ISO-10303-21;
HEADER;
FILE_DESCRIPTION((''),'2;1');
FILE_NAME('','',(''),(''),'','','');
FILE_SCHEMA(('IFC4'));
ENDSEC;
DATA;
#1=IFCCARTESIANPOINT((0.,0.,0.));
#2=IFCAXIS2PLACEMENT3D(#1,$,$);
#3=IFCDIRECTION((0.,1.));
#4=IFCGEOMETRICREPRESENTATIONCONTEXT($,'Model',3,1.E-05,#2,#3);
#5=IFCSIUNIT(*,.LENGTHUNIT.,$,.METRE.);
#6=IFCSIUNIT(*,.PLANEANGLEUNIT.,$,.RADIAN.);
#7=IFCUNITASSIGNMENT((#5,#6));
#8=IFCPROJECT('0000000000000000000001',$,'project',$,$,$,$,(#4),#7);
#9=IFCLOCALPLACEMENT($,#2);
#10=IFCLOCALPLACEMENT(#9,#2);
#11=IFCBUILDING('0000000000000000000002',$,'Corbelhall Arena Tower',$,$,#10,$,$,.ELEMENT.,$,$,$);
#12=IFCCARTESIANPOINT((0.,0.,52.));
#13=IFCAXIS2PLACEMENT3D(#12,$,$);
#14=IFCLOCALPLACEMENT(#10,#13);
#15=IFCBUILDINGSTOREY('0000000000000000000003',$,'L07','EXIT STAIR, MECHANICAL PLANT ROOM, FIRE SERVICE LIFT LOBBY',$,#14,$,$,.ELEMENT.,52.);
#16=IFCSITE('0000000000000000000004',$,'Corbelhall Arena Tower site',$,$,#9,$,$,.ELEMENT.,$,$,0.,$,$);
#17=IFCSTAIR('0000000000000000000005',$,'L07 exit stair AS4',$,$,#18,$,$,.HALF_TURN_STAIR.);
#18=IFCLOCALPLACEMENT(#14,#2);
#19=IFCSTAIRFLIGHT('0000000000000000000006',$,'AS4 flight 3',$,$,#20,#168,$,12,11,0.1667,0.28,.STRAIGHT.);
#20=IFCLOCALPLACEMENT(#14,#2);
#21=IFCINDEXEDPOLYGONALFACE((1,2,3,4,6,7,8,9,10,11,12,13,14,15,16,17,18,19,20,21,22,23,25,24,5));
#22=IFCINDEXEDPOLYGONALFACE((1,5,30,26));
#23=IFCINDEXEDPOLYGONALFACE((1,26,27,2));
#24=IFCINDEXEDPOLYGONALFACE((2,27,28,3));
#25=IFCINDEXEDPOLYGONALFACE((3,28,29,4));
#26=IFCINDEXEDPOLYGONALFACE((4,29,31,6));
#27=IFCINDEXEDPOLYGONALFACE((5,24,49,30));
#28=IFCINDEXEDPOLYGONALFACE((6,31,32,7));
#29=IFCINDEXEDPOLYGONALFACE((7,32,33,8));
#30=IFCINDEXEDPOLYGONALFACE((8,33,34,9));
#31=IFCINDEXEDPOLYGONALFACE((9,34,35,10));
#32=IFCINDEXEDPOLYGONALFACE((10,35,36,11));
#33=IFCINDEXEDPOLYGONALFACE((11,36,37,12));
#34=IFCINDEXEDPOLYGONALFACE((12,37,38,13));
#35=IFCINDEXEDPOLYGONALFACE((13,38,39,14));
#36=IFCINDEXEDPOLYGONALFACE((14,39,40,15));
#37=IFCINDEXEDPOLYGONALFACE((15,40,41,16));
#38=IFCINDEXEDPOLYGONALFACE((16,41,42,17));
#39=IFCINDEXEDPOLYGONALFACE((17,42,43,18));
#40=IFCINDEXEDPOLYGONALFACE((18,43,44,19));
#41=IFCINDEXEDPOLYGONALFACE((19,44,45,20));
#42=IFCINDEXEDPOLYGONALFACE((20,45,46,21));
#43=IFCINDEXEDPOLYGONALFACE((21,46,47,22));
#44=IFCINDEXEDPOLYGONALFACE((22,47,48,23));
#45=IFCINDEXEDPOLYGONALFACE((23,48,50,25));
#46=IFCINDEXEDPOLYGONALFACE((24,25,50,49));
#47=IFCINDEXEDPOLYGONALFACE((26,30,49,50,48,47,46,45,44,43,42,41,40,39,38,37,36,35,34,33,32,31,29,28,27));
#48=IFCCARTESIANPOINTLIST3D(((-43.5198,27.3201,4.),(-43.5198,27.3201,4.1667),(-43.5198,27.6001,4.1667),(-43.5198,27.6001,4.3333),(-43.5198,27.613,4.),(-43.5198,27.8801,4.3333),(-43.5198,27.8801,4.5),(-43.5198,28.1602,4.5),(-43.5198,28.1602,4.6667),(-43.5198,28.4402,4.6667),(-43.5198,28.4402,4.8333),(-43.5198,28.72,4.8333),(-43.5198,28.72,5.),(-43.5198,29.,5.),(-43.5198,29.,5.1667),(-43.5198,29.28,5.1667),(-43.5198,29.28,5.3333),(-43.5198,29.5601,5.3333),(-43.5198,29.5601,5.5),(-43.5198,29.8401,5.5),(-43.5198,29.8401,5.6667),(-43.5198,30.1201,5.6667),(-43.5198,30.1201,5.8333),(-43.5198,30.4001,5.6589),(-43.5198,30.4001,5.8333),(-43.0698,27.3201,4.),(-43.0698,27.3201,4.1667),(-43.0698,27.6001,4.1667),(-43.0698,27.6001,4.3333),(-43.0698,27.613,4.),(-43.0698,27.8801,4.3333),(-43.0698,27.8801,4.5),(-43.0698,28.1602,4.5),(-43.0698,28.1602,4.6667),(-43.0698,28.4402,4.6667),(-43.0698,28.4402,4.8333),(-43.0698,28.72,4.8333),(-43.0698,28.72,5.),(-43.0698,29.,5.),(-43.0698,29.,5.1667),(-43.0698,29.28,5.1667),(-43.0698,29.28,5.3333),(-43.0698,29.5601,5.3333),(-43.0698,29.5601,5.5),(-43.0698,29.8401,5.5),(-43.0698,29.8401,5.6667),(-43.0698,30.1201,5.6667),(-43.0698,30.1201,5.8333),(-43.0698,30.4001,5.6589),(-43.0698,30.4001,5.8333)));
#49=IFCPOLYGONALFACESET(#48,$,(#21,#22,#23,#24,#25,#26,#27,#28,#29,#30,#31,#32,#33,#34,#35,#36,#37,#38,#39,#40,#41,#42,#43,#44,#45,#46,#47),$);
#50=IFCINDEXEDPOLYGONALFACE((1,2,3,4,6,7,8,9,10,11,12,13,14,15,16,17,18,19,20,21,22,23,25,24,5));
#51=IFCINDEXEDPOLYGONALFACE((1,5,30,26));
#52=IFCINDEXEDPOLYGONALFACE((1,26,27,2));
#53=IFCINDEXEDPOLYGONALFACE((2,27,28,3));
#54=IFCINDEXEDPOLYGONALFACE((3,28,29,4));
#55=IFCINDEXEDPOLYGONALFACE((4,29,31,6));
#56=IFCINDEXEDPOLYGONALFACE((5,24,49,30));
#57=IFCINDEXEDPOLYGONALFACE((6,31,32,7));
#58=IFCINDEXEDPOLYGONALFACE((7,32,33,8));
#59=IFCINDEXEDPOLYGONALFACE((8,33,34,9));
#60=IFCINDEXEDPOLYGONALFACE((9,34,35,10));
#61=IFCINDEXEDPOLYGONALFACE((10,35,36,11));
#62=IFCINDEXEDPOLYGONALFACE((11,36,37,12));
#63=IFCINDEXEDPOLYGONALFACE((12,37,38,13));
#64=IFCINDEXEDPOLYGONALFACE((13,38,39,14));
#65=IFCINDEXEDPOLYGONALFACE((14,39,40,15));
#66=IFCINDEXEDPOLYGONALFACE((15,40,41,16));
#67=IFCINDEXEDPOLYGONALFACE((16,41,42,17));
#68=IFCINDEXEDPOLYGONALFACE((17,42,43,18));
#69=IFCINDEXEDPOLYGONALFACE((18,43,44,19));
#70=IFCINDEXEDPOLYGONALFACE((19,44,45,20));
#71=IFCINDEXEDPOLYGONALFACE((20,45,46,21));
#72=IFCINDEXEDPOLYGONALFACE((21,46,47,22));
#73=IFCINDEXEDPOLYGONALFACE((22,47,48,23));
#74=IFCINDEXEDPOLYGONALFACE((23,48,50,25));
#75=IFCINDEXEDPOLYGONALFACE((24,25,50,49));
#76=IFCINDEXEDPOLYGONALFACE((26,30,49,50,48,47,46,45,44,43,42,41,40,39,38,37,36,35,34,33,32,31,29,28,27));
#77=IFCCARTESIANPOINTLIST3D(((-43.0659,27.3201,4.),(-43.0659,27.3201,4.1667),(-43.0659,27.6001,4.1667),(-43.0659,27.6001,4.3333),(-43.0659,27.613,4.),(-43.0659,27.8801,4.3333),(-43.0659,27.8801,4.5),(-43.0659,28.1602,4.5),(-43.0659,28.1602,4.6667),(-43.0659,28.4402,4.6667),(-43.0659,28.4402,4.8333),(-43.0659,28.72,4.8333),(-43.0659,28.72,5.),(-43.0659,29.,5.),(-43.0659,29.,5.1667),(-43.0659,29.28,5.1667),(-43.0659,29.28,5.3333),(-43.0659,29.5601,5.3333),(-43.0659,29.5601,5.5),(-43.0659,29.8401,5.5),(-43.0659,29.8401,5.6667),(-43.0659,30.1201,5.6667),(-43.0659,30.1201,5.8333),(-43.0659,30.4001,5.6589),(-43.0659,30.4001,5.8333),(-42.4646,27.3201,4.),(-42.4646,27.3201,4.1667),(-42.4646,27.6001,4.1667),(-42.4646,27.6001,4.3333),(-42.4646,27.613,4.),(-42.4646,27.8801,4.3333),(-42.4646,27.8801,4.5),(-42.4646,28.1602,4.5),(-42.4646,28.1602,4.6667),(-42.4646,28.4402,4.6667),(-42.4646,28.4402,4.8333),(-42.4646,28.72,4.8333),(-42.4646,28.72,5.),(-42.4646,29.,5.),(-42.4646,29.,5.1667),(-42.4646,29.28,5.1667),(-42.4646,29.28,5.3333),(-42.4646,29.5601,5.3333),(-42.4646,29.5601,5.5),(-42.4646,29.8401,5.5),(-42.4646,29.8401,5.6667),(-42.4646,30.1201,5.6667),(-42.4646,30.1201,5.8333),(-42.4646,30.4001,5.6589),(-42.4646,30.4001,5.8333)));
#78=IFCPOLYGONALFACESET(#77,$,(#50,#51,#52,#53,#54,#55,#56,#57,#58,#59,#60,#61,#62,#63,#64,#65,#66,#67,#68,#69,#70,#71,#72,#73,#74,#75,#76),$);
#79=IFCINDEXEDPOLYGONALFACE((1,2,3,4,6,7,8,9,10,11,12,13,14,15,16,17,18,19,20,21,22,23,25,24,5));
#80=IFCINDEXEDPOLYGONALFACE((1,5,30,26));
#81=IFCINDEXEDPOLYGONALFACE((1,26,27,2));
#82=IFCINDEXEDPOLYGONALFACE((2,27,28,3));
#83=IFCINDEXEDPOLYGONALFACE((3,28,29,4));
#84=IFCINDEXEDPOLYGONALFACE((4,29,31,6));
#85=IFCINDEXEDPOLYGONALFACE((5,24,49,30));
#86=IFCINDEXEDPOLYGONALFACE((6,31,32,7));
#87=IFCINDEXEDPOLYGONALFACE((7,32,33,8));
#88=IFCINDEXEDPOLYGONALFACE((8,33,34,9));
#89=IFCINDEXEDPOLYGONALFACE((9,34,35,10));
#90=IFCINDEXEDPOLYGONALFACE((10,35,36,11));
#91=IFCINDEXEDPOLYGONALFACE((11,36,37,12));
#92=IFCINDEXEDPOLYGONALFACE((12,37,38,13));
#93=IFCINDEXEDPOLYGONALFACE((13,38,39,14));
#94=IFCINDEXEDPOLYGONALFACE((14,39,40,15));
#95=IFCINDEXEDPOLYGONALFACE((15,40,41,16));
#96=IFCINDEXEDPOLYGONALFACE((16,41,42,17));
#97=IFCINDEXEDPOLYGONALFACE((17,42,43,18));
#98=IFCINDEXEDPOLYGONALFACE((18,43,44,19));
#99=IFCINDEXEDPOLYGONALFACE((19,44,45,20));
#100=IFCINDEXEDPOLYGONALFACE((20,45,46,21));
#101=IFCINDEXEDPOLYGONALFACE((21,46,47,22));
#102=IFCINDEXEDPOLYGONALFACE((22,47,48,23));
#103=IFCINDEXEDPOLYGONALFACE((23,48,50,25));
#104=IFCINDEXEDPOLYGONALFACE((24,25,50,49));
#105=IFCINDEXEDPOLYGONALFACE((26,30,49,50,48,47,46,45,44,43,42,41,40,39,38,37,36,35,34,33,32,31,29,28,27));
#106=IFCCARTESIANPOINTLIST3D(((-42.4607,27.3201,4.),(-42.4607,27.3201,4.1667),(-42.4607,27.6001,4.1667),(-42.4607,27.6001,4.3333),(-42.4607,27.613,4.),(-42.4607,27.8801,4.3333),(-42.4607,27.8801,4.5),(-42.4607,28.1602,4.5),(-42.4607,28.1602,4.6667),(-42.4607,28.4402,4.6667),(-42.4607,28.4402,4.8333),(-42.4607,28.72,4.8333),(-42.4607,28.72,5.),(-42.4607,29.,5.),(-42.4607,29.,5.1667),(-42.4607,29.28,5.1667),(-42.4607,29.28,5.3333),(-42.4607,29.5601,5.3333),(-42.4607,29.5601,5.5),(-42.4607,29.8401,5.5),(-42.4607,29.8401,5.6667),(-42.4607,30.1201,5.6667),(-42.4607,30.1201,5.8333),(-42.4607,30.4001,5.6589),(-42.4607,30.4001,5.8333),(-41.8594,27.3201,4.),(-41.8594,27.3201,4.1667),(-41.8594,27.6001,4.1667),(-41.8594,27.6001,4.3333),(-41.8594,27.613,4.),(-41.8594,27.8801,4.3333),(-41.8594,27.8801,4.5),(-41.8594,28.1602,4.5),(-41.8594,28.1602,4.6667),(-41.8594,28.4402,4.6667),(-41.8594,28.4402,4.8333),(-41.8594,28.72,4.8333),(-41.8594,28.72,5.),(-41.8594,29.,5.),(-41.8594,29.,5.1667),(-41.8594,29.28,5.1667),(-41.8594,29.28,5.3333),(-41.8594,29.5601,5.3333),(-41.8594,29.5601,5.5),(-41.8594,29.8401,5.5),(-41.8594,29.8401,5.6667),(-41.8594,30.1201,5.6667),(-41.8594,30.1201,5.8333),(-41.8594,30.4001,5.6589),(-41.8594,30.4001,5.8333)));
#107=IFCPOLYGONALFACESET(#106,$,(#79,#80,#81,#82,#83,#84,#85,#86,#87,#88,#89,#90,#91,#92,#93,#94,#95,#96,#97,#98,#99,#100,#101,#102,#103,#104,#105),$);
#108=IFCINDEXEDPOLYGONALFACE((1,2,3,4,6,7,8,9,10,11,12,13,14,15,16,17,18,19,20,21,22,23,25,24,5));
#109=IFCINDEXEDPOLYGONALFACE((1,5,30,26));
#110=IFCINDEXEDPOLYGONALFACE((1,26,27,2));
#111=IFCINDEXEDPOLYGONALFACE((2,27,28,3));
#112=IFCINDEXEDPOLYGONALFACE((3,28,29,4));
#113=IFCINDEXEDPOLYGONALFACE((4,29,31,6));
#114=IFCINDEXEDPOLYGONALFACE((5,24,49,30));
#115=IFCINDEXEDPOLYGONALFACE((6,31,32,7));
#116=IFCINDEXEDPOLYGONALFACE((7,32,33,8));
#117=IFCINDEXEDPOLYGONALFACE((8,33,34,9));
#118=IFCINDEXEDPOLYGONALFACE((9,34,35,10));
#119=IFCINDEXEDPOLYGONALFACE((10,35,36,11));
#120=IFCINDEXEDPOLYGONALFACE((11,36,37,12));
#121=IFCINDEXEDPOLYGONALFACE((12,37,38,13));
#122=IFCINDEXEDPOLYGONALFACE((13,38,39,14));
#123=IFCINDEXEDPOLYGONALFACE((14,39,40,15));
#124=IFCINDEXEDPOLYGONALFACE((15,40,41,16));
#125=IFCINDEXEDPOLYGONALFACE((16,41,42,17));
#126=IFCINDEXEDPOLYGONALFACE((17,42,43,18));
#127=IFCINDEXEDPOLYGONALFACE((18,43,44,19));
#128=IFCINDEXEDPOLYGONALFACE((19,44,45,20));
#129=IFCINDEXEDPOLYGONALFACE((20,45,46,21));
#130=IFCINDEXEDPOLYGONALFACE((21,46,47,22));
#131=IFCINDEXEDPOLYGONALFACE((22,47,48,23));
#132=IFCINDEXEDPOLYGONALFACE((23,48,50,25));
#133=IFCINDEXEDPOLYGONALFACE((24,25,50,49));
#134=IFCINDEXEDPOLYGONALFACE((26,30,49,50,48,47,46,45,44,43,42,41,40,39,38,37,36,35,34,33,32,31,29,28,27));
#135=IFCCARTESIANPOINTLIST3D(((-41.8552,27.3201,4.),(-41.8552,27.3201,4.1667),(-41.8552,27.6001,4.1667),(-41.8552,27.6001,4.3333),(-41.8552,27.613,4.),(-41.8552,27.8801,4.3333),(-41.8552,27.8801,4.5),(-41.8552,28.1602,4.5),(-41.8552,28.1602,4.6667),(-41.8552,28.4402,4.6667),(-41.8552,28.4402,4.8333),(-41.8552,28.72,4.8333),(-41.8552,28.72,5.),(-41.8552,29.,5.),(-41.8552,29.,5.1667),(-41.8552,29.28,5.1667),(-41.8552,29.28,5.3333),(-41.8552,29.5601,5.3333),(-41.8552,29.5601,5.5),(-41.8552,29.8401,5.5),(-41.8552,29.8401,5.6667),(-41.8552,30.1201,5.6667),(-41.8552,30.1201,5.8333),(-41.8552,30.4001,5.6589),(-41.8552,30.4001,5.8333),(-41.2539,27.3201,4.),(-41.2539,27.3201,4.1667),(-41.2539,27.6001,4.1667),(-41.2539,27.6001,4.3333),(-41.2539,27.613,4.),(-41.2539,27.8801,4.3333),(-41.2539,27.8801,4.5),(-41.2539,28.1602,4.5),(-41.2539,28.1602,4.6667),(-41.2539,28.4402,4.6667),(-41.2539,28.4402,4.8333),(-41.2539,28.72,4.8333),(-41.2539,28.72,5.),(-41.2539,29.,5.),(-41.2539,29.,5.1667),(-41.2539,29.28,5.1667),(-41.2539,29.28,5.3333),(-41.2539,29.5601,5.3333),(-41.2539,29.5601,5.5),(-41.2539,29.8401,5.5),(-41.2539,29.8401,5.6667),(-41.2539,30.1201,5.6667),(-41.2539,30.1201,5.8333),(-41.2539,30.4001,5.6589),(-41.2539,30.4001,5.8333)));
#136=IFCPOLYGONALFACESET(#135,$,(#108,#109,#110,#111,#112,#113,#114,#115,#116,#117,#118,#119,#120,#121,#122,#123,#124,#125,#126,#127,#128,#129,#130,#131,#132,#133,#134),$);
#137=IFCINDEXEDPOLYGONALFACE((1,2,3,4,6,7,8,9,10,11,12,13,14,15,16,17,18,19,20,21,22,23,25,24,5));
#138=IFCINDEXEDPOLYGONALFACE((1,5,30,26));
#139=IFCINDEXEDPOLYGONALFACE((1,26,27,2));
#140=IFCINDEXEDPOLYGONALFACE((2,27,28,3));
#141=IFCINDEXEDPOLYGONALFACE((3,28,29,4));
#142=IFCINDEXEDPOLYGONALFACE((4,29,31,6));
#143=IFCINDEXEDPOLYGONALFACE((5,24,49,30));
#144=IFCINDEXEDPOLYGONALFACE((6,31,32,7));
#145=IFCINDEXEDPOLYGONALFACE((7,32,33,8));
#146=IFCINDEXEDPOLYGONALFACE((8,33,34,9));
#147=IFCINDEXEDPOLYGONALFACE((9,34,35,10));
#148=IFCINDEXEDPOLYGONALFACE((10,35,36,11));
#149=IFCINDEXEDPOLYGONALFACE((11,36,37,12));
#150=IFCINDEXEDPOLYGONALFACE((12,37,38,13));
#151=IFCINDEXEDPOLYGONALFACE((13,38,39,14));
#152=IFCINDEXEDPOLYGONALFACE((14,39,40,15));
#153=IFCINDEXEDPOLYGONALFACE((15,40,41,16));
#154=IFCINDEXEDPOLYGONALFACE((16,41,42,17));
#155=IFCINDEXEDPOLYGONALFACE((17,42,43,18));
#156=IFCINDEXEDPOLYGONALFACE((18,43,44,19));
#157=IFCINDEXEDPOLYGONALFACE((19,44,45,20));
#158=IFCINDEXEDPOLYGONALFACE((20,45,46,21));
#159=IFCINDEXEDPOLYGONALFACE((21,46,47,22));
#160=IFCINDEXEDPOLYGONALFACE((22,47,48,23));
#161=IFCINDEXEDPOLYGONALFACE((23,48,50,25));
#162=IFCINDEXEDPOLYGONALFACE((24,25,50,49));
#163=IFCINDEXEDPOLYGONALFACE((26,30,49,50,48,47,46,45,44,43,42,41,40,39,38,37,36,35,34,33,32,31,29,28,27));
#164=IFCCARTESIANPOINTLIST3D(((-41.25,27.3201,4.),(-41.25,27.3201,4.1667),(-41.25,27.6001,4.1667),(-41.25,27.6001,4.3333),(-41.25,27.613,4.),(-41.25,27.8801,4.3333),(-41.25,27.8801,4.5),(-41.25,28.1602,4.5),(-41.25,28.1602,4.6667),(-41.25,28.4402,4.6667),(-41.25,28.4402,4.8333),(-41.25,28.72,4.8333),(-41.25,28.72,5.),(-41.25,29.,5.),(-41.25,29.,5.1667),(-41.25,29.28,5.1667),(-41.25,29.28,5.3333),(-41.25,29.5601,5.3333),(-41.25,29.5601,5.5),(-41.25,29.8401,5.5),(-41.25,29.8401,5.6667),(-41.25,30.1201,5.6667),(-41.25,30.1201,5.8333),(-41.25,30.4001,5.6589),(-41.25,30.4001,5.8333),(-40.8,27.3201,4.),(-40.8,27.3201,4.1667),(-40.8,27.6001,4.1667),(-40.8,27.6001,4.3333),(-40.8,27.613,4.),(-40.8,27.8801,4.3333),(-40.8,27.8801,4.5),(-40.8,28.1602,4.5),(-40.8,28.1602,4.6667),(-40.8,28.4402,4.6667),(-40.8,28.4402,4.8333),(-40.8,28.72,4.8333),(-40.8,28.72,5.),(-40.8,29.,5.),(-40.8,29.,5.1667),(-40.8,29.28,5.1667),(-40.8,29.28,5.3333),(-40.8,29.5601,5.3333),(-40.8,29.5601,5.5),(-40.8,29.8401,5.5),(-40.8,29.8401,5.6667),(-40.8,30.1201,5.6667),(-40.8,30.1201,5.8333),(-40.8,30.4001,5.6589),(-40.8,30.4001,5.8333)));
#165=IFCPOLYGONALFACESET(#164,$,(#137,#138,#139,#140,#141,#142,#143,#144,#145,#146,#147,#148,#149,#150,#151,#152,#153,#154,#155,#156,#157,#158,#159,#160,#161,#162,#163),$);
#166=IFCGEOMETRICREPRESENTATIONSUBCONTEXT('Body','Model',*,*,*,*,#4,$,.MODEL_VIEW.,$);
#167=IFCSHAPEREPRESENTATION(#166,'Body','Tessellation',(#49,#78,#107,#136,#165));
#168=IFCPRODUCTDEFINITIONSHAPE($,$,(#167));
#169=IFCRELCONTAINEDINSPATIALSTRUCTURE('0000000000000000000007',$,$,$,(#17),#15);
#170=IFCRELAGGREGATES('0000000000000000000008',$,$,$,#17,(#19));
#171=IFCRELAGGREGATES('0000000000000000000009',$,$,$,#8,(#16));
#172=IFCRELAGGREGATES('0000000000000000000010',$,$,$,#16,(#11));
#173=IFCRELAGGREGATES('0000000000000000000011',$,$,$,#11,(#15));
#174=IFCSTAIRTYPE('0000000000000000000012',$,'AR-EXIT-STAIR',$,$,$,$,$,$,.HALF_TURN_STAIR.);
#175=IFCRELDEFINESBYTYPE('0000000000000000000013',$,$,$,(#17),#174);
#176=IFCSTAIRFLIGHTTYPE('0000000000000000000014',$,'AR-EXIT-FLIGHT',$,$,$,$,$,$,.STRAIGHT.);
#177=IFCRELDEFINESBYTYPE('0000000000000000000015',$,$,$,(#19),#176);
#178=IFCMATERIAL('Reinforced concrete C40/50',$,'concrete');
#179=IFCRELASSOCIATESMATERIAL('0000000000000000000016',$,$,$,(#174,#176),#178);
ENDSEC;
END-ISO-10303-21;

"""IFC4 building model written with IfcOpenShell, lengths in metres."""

from ifc_helpers import new_model, si_unit, direction, frame, origin, place, context, subcontext, project, spatial, polyline, outline, extrude, material, type_object, element, aggregate, save


model = new_model("IFC4")

# Units and contexts
model_context = context("Model", 3, precision=1e-05, world=origin(), true_north=direction((0.0, 1.0)))
body_context = subcontext(model_context, "Body", "Model", "MODEL_VIEW")
ifc_project = project(units=[si_unit("LENGTHUNIT", "METRE"), si_unit("PLANEANGLEUNIT", "RADIAN")], contexts=[model_context])

# Site, building, storey
site_placement = place(None, origin())
site = spatial("IfcSite", under=ifc_project, at=site_placement, Name="Corbelhall Arena Tower site", CompositionType="ELEMENT", RefElevation=0.0)
building_placement = place(site_placement, origin())
building = spatial("IfcBuilding", under=site, at=building_placement, Name="Corbelhall Arena Tower", CompositionType="ELEMENT")
storey_placement = place(building_placement, frame((0.0, 0.0, 52.0)))
storey = spatial("IfcBuildingStorey", under=building, at=storey_placement, Name="L07", Description="EXIT STAIR, MECHANICAL PLANT ROOM, FIRE SERVICE LIFT LOBBY", CompositionType="ELEMENT", Elevation=52.0)

# Shared definitions
ifc_material_1 = material(Name="Reinforced concrete C40/50", Category="concrete")

# Stair, stair flight
stair_type = type_object("IfcStairType", Name="AR-EXIT-STAIR", PredefinedType="HALF_TURN_STAIR", material=ifc_material_1)
stair_placement = place(storey_placement, origin())
stair = element("IfcStair", 1, at=stair_placement, inside=storey, type_object=stair_type, Name="L07 exit stair AS4", PredefinedType="HALF_TURN_STAIR")
stair_flight_type = type_object("IfcStairFlightType", Name="AR-EXIT-FLIGHT", PredefinedType="STRAIGHT", material=ifc_material_1)
stair_flight_1_placement = place(storey_placement, frame((-42.1599, 27.3201, 4.0), z_axis=(0.0, 0.0, 1.0), x_axis=(0.0, 1.0, 0.0)))
stair_flight_1 = element("IfcStairFlight", 2, at=stair_flight_1_placement, type_object=stair_flight_type, Name="AS4 flight 3", NumberOfRisers=12, NumberOfTreads=11, PredefinedType="STRAIGHT", RiserHeight=0.1667, TreadLength=0.28, context=body_context, shape_type="SweptSolid", body=[
    extrude(outline(polyline([(0.0, 0.0), (0.0, 0.1667), (0.28, 0.1667), (0.28, 0.3333), (0.5601, 0.3333), (0.5601, 0.5), (0.8401, 0.5), (0.8401, 0.6667), (1.1201, 0.6667), (1.1201, 0.8333), (1.3999, 0.8333), (1.3999, 1.0), (1.6799, 1.0), (1.6799, 1.1667), (1.96, 1.1667), (1.96, 1.3333), (2.24, 1.3333), (2.24, 1.5), (2.52, 1.5), (2.52, 1.6667), (2.8, 1.6667), (2.8, 1.8333), (3.0801, 1.8333), (3.0801, 2.0), (3.0801, 1.6589), (0.293, 0.0), (0.0, 0.0)])), frame((0.0, 1.3599, 0.0), z_axis=(0.0, -1.0, 0.0), x_axis=(1.0, 0.0, 0.0)), (0.0, 0.0, 1.0), 0.45),
    extrude(outline(polyline([(0.0, 0.0), (0.0, 0.1667), (0.28, 0.1667), (0.28, 0.3333), (0.5601, 0.3333), (0.5601, 0.5), (0.8401, 0.5), (0.8401, 0.6667), (1.1201, 0.6667), (1.1201, 0.8333), (1.3999, 0.8333), (1.3999, 1.0), (1.6799, 1.0), (1.6799, 1.1667), (1.96, 1.1667), (1.96, 1.3333), (2.24, 1.3333), (2.24, 1.5), (2.52, 1.5), (2.52, 1.6667), (2.8, 1.6667), (2.8, 1.8333), (3.0801, 1.8333), (3.0801, 2.0), (3.0801, 1.6589), (0.293, 0.0), (0.0, 0.0)])), frame((0.0, 0.906, 0.0), z_axis=(0.0, -1.0, 0.0), x_axis=(1.0, 0.0, 0.0)), (0.0, 0.0, 1.0), 0.6013),
    extrude(outline(polyline([(0.0, 0.0), (0.0, 0.1667), (0.28, 0.1667), (0.28, 0.3333), (0.5601, 0.3333), (0.5601, 0.5), (0.8401, 0.5), (0.8401, 0.6667), (1.1201, 0.6667), (1.1201, 0.8333), (1.3999, 0.8333), (1.3999, 1.0), (1.6799, 1.0), (1.6799, 1.1667), (1.96, 1.1667), (1.96, 1.3333), (2.24, 1.3333), (2.24, 1.5), (2.52, 1.5), (2.52, 1.6667), (2.8, 1.6667), (2.8, 1.8333), (3.0801, 1.8333), (3.0801, 2.0), (3.0801, 1.6589), (0.293, 0.0), (0.0, 0.0)])), frame((0.0, 0.3008, 0.0), z_axis=(0.0, -1.0, 0.0), x_axis=(1.0, 0.0, 0.0)), (0.0, 0.0, 1.0), 0.6013),
    extrude(outline(polyline([(0.0, 0.0), (0.0, 0.1667), (0.28, 0.1667), (0.28, 0.3333), (0.5601, 0.3333), (0.5601, 0.5), (0.8401, 0.5), (0.8401, 0.6667), (1.1201, 0.6667), (1.1201, 0.8333), (1.3999, 0.8333), (1.3999, 1.0), (1.6799, 1.0), (1.6799, 1.1667), (1.96, 1.1667), (1.96, 1.3333), (2.24, 1.3333), (2.24, 1.5), (2.52, 1.5), (2.52, 1.6667), (2.8, 1.6667), (2.8, 1.8333), (3.0801, 1.8333), (3.0801, 2.0), (3.0801, 1.6589), (0.293, 0.0), (0.0, 0.0)])), frame((0.0, -0.3047, 0.0), z_axis=(0.0, -1.0, 0.0), x_axis=(1.0, 0.0, 0.0)), (0.0, 0.0, 1.0), 0.6013),
    extrude(outline(polyline([(0.0, 0.0), (0.0, 0.1667), (0.28, 0.1667), (0.28, 0.3333), (0.5601, 0.3333), (0.5601, 0.5), (0.8401, 0.5), (0.8401, 0.6667), (1.1201, 0.6667), (1.1201, 0.8333), (1.3999, 0.8333), (1.3999, 1.0), (1.6799, 1.0), (1.6799, 1.1667), (1.96, 1.1667), (1.96, 1.3333), (2.24, 1.3333), (2.24, 1.5), (2.52, 1.5), (2.52, 1.6667), (2.8, 1.6667), (2.8, 1.8333), (3.0801, 1.8333), (3.0801, 2.0), (3.0801, 1.6589), (0.293, 0.0), (0.0, 0.0)])), frame((0.0, -0.9099, 0.0), z_axis=(0.0, -1.0, 0.0), x_axis=(1.0, 0.0, 0.0)), (0.0, 0.0, 1.0), 0.45),
])
aggregate(stair, [stair_flight_1])

save(model, "model.ifc")
